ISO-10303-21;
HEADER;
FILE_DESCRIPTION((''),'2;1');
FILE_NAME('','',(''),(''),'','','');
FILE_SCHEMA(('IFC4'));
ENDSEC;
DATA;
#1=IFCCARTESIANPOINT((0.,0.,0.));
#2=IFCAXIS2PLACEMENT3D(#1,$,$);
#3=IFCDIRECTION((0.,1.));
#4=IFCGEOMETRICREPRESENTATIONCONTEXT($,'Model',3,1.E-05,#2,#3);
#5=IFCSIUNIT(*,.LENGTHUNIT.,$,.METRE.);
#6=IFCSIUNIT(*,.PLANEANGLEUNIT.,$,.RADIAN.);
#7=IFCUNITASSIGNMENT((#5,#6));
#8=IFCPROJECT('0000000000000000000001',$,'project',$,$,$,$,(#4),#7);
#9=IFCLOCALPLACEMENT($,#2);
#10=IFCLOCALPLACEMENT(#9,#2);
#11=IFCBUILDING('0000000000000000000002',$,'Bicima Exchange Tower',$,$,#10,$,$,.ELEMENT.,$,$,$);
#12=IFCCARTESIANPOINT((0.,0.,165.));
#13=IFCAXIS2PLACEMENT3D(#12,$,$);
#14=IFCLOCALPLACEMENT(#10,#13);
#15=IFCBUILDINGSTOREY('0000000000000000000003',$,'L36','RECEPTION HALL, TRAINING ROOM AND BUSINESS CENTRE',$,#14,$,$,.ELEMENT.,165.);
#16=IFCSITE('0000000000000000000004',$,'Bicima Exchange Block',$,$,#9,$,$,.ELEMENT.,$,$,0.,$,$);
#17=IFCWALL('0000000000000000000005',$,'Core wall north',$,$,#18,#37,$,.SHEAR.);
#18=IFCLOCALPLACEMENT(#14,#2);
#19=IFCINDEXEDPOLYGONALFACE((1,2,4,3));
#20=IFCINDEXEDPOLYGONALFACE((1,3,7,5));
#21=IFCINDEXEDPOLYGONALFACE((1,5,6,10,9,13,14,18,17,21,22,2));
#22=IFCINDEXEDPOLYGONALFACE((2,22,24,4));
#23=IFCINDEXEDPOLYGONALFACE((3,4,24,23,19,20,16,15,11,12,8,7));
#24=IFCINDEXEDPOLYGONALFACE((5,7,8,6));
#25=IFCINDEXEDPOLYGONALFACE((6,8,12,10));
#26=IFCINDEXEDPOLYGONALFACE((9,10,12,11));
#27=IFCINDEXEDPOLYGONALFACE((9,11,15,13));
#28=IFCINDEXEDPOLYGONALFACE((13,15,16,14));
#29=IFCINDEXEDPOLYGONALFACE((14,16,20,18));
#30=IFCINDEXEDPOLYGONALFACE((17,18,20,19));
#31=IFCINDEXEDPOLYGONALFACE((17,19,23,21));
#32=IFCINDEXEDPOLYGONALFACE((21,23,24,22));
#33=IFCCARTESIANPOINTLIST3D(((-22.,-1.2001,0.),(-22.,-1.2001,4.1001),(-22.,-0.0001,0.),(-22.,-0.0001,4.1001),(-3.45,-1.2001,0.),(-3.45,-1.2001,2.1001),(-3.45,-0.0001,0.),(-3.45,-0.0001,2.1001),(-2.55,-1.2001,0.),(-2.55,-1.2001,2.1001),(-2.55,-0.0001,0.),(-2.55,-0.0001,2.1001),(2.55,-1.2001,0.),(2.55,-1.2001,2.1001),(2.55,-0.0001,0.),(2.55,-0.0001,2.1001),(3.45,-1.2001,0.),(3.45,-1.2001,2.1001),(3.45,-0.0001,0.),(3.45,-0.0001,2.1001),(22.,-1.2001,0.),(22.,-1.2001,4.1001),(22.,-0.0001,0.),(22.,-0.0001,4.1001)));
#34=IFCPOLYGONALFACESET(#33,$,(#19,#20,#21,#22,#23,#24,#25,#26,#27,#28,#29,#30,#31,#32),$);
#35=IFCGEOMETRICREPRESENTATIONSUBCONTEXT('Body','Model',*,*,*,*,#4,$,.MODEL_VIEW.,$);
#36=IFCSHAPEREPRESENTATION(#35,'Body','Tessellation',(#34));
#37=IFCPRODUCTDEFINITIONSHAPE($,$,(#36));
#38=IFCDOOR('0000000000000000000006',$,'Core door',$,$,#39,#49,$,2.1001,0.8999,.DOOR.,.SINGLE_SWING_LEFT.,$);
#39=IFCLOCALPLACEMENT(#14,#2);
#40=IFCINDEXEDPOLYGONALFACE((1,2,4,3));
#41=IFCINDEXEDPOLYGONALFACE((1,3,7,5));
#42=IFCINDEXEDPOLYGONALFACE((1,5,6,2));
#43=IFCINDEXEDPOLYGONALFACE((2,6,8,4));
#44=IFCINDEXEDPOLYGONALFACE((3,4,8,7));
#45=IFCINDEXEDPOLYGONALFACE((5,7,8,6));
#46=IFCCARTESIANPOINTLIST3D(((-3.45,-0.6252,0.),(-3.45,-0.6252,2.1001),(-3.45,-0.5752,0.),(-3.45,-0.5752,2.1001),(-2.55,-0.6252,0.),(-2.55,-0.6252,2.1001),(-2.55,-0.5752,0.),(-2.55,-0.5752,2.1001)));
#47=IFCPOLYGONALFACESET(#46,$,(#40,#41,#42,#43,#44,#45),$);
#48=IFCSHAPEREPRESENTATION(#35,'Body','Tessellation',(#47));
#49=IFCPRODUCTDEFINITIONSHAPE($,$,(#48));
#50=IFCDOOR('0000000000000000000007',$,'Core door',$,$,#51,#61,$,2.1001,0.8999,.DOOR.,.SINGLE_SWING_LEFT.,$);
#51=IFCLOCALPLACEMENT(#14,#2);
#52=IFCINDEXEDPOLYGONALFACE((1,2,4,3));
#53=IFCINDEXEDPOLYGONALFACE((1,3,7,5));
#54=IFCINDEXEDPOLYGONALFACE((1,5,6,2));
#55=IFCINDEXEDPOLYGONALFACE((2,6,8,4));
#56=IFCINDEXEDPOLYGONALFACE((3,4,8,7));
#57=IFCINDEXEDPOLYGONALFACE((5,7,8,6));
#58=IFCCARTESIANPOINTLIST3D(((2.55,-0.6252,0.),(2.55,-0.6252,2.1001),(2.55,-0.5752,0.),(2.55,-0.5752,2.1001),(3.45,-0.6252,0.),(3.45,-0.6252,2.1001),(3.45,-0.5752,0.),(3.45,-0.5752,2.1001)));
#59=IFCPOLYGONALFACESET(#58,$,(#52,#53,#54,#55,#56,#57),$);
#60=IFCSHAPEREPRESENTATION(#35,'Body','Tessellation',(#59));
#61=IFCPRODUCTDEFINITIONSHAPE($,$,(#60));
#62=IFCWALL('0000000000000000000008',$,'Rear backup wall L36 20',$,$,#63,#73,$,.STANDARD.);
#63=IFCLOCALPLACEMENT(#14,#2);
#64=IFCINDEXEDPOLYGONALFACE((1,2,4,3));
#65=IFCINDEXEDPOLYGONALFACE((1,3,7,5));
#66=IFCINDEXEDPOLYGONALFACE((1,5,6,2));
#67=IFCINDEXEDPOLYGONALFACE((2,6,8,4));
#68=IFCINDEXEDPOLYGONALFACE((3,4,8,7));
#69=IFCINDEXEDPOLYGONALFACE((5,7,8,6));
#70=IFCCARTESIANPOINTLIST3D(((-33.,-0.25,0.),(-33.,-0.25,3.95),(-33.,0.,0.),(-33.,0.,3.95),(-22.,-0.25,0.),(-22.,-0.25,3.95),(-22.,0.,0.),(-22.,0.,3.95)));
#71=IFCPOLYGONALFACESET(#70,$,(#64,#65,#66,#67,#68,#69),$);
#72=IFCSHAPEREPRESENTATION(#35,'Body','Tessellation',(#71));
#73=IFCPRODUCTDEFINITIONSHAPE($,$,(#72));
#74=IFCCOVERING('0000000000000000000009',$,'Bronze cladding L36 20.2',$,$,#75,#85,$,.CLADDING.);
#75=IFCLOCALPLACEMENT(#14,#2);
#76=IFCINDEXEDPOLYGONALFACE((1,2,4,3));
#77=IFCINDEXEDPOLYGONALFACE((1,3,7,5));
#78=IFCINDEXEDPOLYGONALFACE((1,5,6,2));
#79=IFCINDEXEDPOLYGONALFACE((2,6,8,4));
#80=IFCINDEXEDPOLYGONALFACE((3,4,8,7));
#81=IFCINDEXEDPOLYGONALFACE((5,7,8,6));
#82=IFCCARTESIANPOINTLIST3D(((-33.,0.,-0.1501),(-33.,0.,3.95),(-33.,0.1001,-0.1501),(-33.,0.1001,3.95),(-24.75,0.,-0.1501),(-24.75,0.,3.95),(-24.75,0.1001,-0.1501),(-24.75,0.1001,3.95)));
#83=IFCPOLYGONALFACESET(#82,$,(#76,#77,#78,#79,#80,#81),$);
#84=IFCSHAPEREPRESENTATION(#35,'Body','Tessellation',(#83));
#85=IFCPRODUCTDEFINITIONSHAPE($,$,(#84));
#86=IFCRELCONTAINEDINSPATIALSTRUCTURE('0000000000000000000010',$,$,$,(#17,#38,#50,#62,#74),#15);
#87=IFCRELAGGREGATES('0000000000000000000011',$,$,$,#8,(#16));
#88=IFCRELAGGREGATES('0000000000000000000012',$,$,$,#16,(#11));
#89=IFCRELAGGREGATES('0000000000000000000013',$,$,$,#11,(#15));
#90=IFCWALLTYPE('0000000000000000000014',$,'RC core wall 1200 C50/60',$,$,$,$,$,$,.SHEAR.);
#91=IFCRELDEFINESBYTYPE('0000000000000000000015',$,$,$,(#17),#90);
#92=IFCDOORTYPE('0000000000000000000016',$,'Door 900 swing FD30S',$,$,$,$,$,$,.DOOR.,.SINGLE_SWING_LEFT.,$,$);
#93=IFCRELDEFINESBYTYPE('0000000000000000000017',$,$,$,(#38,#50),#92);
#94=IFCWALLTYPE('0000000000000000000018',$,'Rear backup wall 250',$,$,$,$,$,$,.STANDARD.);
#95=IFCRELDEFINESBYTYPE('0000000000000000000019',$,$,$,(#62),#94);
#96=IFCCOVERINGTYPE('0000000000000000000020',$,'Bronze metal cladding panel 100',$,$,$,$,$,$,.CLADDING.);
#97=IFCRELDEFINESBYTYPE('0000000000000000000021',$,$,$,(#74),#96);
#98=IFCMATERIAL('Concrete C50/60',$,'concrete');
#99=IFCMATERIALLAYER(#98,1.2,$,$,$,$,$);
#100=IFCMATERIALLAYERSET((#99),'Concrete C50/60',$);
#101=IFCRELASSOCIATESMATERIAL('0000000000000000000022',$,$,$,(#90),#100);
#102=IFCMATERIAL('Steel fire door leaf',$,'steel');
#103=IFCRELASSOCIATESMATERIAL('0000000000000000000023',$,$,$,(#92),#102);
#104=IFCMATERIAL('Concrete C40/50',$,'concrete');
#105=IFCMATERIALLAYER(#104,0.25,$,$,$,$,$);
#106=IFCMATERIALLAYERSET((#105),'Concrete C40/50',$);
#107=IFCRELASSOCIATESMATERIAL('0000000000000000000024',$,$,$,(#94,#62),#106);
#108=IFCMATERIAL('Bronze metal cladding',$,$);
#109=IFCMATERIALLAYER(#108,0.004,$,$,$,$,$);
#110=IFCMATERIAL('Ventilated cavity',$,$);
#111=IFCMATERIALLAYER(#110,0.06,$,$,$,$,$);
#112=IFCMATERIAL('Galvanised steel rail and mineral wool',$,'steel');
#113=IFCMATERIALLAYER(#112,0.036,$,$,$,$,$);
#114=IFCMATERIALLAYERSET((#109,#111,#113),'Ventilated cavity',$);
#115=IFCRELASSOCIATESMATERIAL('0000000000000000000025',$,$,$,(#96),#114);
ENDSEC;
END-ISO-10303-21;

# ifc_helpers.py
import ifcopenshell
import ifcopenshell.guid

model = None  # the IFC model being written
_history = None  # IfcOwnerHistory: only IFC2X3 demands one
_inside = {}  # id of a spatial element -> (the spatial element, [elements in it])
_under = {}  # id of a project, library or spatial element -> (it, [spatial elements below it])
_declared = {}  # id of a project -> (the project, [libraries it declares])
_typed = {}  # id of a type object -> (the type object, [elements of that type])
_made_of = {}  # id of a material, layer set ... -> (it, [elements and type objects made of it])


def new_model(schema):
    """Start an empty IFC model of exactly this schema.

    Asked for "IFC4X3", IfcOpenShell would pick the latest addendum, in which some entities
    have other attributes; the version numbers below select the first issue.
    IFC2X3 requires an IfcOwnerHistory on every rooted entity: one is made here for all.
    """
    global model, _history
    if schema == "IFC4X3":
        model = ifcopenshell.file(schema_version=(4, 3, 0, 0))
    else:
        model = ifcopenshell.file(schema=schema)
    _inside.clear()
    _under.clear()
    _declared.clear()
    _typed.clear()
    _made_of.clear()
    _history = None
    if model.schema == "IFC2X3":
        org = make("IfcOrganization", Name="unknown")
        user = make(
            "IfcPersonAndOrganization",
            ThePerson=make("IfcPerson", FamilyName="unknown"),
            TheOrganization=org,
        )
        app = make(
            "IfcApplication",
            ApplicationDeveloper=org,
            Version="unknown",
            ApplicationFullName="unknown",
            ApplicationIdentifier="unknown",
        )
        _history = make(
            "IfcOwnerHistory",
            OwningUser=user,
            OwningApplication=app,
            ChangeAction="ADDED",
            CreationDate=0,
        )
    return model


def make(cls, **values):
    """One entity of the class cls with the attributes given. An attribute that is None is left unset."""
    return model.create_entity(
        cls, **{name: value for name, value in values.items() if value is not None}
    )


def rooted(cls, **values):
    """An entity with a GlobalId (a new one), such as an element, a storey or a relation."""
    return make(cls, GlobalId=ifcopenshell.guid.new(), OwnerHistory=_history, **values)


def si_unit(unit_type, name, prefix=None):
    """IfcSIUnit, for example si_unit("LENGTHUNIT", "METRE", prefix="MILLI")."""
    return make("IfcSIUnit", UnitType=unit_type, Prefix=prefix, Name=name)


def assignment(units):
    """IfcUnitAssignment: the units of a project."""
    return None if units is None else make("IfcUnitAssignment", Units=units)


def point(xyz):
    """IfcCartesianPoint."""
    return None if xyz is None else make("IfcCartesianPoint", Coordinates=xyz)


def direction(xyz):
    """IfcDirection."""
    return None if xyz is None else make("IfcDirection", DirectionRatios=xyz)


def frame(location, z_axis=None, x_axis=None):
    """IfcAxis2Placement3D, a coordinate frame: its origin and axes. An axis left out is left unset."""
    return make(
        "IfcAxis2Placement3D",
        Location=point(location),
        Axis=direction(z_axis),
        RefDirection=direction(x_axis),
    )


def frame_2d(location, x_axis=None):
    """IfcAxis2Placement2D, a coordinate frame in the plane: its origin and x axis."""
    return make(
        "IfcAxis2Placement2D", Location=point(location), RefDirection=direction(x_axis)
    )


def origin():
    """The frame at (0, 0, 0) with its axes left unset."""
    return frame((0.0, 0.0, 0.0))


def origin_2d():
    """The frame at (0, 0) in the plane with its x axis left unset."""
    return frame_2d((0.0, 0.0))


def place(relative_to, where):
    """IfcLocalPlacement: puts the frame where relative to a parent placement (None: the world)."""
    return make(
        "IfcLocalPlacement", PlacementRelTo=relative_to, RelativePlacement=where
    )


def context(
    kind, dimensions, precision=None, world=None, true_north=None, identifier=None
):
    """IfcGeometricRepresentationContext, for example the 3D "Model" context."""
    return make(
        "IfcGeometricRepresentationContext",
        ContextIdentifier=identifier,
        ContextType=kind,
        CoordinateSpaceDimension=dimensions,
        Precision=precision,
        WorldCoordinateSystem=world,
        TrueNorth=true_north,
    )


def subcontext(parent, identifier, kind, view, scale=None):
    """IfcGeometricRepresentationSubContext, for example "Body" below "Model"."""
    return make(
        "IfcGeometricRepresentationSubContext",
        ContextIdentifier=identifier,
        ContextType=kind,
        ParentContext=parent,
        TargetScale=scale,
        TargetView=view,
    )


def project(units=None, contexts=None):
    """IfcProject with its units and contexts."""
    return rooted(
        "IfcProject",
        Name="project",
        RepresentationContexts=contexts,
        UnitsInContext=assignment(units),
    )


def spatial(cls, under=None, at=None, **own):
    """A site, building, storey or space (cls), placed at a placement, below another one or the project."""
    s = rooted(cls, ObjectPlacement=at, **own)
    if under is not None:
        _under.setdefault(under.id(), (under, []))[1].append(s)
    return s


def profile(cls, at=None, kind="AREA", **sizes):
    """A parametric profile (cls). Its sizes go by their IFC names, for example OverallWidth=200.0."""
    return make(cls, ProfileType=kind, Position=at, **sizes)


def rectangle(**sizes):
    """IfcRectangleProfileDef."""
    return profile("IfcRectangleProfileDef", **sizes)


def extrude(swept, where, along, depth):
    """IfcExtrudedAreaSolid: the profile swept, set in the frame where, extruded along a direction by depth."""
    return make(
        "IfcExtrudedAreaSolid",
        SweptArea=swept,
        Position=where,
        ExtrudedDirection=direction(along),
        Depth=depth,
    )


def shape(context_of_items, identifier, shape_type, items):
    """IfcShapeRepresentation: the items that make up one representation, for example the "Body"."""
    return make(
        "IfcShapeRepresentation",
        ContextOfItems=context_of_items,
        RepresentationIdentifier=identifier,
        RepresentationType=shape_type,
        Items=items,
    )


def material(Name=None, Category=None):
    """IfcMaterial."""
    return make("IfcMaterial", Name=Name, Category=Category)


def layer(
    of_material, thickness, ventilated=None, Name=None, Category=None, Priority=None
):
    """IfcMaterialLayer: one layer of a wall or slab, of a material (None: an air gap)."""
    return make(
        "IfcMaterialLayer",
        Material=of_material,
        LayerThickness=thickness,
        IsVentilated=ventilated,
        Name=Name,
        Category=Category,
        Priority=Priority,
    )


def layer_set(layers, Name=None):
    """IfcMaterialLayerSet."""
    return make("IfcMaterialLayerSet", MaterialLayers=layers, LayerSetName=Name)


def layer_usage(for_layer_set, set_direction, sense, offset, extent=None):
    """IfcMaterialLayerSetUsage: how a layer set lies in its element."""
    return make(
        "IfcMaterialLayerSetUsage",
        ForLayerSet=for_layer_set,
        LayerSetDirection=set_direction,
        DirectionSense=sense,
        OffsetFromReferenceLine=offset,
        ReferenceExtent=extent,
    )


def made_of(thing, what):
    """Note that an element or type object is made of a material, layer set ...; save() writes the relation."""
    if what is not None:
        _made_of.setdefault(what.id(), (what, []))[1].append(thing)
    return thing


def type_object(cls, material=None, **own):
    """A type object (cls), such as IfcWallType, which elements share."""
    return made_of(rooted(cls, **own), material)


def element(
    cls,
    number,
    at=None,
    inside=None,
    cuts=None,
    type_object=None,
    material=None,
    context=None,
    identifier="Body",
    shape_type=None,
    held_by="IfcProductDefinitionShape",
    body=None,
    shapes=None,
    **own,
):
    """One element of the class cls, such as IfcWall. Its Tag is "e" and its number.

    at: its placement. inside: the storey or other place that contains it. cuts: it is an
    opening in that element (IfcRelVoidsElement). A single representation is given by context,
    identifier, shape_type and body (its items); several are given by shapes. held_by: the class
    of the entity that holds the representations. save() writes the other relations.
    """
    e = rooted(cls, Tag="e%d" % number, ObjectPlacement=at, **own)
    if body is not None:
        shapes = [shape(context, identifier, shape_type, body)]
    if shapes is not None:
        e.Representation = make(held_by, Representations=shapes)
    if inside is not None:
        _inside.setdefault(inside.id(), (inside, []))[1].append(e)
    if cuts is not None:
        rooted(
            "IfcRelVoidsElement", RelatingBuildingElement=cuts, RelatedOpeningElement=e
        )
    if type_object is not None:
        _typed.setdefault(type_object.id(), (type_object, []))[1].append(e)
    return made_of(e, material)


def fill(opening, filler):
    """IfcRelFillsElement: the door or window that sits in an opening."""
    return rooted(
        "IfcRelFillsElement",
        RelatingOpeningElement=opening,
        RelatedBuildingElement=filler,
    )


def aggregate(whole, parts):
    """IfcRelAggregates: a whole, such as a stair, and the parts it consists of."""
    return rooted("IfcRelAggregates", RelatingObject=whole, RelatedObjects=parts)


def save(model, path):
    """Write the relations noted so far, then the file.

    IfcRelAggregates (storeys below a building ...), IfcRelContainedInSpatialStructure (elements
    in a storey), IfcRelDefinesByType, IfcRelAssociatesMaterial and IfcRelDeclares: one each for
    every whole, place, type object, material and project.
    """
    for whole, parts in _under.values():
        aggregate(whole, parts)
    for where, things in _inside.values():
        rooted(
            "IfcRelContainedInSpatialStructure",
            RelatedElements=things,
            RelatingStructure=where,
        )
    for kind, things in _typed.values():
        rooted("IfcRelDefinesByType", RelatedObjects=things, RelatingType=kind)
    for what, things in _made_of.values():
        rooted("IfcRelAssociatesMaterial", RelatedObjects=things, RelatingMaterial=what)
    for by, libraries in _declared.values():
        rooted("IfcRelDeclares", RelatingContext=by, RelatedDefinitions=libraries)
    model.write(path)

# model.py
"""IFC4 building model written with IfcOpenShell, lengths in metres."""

from ifc_helpers import new_model, si_unit, direction, frame, frame_2d, origin, origin_2d, place, context, subcontext, project, spatial, rectangle, extrude, material, layer, layer_set, layer_usage, type_object, element, fill, save


model = new_model("IFC4")

# Units and contexts
model_context = context("Model", 3, precision=1e-05, world=origin(), true_north=direction((0.0, 1.0)))
body_context = subcontext(model_context, "Body", "Model", "MODEL_VIEW")
ifc_project = project(units=[si_unit("LENGTHUNIT", "METRE"), si_unit("PLANEANGLEUNIT", "RADIAN")], contexts=[model_context])

# Site, building, storey
site_placement = place(None, origin())
site = spatial("IfcSite", under=ifc_project, at=site_placement, Name="Bicima Exchange Block", CompositionType="ELEMENT", RefElevation=0.0)
building_placement = place(site_placement, origin())
building = spatial("IfcBuilding", under=site, at=building_placement, Name="Bicima Exchange Tower", CompositionType="ELEMENT")
storey_placement = place(building_placement, frame((0.0, 0.0, 165.0)))
storey = spatial("IfcBuildingStorey", under=building, at=storey_placement, Name="L36", Description="RECEPTION HALL, TRAINING ROOM AND BUSINESS CENTRE", CompositionType="ELEMENT", Elevation=165.0)

# Wall, openings, doors
ifc_material_1 = material(Name="Concrete C50/60", Category="concrete")
ifc_layer_1 = layer(ifc_material_1, 1.2)
ifc_layer_set_1 = layer_set([ifc_layer_1], Name="Concrete C50/60")
wall_type_1 = type_object("IfcWallType", Name="RC core wall 1200 C50/60", PredefinedType="SHEAR", material=ifc_layer_set_1)
wall_1_placement = place(storey_placement, frame((-22.0, -0.6001, 0.0), z_axis=(0.0, 0.0, 1.0), x_axis=(1.0, 0.0, 0.0)))
wall_1 = element("IfcWall", 1, at=wall_1_placement, inside=storey, type_object=wall_type_1, Name="Core wall north", PredefinedType="SHEAR", context=body_context, shape_type="SweptSolid", body=[
    extrude(rectangle(XDim=44.0, YDim=1.2, at=frame_2d((22.0, 0.0))), origin(), (0.0, 0.0, 1.0), 4.1001),
])
opening_1_placement = place(wall_1_placement, frame((18.55, 0.0, 0.0)))
opening_1 = element("IfcOpeningElement", 2, at=opening_1_placement, cuts=wall_1, PredefinedType="OPENING", context=body_context, shape_type="SweptSolid", body=[
    extrude(rectangle(XDim=0.8999, YDim=2.1001, at=frame_2d((0.45, 1.05))), frame((0.0, 0.6118, 0.0), z_axis=(0.0, -1.0, 0.0), x_axis=(1.0, 0.0, 0.0)), (0.0, 0.0, 1.0), 1.2239),
])
opening_2_placement = place(wall_1_placement, frame((24.55, 0.0, 0.0)))
opening_2 = element("IfcOpeningElement", 3, at=opening_2_placement, cuts=wall_1, PredefinedType="OPENING", context=body_context, shape_type="SweptSolid", body=[
    extrude(rectangle(XDim=0.8999, YDim=2.1001, at=frame_2d((0.45, 1.05))), frame((0.0, 0.6118, 0.0), z_axis=(0.0, -1.0, 0.0), x_axis=(1.0, 0.0, 0.0)), (0.0, 0.0, 1.0), 1.2239),
])
ifc_material_2 = material(Name="Steel fire door leaf", Category="steel")
door_type = type_object("IfcDoorType", Name="Door 900 swing FD30S", OperationType="SINGLE_SWING_LEFT", PredefinedType="DOOR", material=ifc_material_2)
door_1_placement = place(opening_1_placement, origin())
door_1 = element("IfcDoor", 4, at=door_1_placement, inside=storey, type_object=door_type, Name="Core door", OperationType="SINGLE_SWING_LEFT", OverallHeight=2.1001, OverallWidth=0.8999, PredefinedType="DOOR", context=body_context, shape_type="SweptSolid", body=[
    extrude(rectangle(XDim=0.8999, YDim=2.1001, at=frame_2d((0.45, 1.05))), frame((0.0, 0.0249, 0.0), z_axis=(0.0, -1.0, 0.0), x_axis=(1.0, 0.0, 0.0)), (0.0, 0.0, 1.0), 0.05),
])
fill(opening_1, door_1)
door_2_placement = place(opening_2_placement, origin())
door_2 = element("IfcDoor", 5, at=door_2_placement, inside=storey, type_object=door_type, Name="Core door", OperationType="SINGLE_SWING_LEFT", OverallHeight=2.1001, OverallWidth=0.8999, PredefinedType="DOOR", context=body_context, shape_type="SweptSolid", body=[
    extrude(rectangle(XDim=0.8999, YDim=2.1001, at=frame_2d((0.45, 1.05))), frame((0.0, 0.0249, 0.0), z_axis=(0.0, -1.0, 0.0), x_axis=(1.0, 0.0, 0.0)), (0.0, 0.0, 1.0), 0.05),
])
fill(opening_2, door_2)

# Wall
ifc_material_3 = material(Name="Concrete C40/50", Category="concrete")
ifc_layer_2 = layer(ifc_material_3, 0.25)
ifc_layer_set_2 = layer_set([ifc_layer_2], Name="Concrete C40/50")
ifc_layer_usage = layer_usage(ifc_layer_set_2, "AXIS2", "POSITIVE", -0.125)
wall_type_2 = type_object("IfcWallType", Name="Rear backup wall 250", PredefinedType="STANDARD", material=ifc_layer_set_2)
wall_2_placement = place(storey_placement, frame((-22.0, -0.125, 0.0), z_axis=(0.0, 0.0, 1.0), x_axis=(-1.0, 0.0, 0.0)))
element("IfcWall", 6, at=wall_2_placement, inside=storey, type_object=wall_type_2, material=ifc_layer_usage, Name="Rear backup wall L36 20", PredefinedType="STANDARD", context=body_context, shape_type="SweptSolid", body=[
    extrude(rectangle(XDim=11.0, YDim=0.25, at=frame_2d((5.5, 0.0))), origin(), (0.0, 0.0, 1.0), 3.95),
])

# Covering
ifc_material_4 = material(Name="Bronze metal cladding")
ifc_layer_3 = layer(ifc_material_4, 0.004)
ifc_material_5 = material(Name="Ventilated cavity")
ifc_layer_4 = layer(ifc_material_5, 0.06)
ifc_material_6 = material(Name="Galvanised steel rail and mineral wool", Category="steel")
ifc_layer_5 = layer(ifc_material_6, 0.036)
ifc_layer_set_3 = layer_set([ifc_layer_3, ifc_layer_4, ifc_layer_5], Name="Ventilated cavity")
covering_type = type_object("IfcCoveringType", Name="Bronze metal cladding panel 100", PredefinedType="CLADDING", material=ifc_layer_set_3)
covering_placement = place(storey_placement, frame((-28.875, 0.05, -0.1501), z_axis=(0.0, 0.0, 1.0), x_axis=(-1.0, 0.0, 0.0)))
element("IfcCovering", 7, at=covering_placement, inside=storey, type_object=covering_type, Name="Bronze cladding L36 20.2", PredefinedType="CLADDING", context=body_context, shape_type="SweptSolid", body=[
    extrude(rectangle(XDim=8.25, YDim=0.1001, at=origin_2d()), origin(), (0.0, 0.0, 1.0), 4.1001),
])

save(model, "model.ifc")
